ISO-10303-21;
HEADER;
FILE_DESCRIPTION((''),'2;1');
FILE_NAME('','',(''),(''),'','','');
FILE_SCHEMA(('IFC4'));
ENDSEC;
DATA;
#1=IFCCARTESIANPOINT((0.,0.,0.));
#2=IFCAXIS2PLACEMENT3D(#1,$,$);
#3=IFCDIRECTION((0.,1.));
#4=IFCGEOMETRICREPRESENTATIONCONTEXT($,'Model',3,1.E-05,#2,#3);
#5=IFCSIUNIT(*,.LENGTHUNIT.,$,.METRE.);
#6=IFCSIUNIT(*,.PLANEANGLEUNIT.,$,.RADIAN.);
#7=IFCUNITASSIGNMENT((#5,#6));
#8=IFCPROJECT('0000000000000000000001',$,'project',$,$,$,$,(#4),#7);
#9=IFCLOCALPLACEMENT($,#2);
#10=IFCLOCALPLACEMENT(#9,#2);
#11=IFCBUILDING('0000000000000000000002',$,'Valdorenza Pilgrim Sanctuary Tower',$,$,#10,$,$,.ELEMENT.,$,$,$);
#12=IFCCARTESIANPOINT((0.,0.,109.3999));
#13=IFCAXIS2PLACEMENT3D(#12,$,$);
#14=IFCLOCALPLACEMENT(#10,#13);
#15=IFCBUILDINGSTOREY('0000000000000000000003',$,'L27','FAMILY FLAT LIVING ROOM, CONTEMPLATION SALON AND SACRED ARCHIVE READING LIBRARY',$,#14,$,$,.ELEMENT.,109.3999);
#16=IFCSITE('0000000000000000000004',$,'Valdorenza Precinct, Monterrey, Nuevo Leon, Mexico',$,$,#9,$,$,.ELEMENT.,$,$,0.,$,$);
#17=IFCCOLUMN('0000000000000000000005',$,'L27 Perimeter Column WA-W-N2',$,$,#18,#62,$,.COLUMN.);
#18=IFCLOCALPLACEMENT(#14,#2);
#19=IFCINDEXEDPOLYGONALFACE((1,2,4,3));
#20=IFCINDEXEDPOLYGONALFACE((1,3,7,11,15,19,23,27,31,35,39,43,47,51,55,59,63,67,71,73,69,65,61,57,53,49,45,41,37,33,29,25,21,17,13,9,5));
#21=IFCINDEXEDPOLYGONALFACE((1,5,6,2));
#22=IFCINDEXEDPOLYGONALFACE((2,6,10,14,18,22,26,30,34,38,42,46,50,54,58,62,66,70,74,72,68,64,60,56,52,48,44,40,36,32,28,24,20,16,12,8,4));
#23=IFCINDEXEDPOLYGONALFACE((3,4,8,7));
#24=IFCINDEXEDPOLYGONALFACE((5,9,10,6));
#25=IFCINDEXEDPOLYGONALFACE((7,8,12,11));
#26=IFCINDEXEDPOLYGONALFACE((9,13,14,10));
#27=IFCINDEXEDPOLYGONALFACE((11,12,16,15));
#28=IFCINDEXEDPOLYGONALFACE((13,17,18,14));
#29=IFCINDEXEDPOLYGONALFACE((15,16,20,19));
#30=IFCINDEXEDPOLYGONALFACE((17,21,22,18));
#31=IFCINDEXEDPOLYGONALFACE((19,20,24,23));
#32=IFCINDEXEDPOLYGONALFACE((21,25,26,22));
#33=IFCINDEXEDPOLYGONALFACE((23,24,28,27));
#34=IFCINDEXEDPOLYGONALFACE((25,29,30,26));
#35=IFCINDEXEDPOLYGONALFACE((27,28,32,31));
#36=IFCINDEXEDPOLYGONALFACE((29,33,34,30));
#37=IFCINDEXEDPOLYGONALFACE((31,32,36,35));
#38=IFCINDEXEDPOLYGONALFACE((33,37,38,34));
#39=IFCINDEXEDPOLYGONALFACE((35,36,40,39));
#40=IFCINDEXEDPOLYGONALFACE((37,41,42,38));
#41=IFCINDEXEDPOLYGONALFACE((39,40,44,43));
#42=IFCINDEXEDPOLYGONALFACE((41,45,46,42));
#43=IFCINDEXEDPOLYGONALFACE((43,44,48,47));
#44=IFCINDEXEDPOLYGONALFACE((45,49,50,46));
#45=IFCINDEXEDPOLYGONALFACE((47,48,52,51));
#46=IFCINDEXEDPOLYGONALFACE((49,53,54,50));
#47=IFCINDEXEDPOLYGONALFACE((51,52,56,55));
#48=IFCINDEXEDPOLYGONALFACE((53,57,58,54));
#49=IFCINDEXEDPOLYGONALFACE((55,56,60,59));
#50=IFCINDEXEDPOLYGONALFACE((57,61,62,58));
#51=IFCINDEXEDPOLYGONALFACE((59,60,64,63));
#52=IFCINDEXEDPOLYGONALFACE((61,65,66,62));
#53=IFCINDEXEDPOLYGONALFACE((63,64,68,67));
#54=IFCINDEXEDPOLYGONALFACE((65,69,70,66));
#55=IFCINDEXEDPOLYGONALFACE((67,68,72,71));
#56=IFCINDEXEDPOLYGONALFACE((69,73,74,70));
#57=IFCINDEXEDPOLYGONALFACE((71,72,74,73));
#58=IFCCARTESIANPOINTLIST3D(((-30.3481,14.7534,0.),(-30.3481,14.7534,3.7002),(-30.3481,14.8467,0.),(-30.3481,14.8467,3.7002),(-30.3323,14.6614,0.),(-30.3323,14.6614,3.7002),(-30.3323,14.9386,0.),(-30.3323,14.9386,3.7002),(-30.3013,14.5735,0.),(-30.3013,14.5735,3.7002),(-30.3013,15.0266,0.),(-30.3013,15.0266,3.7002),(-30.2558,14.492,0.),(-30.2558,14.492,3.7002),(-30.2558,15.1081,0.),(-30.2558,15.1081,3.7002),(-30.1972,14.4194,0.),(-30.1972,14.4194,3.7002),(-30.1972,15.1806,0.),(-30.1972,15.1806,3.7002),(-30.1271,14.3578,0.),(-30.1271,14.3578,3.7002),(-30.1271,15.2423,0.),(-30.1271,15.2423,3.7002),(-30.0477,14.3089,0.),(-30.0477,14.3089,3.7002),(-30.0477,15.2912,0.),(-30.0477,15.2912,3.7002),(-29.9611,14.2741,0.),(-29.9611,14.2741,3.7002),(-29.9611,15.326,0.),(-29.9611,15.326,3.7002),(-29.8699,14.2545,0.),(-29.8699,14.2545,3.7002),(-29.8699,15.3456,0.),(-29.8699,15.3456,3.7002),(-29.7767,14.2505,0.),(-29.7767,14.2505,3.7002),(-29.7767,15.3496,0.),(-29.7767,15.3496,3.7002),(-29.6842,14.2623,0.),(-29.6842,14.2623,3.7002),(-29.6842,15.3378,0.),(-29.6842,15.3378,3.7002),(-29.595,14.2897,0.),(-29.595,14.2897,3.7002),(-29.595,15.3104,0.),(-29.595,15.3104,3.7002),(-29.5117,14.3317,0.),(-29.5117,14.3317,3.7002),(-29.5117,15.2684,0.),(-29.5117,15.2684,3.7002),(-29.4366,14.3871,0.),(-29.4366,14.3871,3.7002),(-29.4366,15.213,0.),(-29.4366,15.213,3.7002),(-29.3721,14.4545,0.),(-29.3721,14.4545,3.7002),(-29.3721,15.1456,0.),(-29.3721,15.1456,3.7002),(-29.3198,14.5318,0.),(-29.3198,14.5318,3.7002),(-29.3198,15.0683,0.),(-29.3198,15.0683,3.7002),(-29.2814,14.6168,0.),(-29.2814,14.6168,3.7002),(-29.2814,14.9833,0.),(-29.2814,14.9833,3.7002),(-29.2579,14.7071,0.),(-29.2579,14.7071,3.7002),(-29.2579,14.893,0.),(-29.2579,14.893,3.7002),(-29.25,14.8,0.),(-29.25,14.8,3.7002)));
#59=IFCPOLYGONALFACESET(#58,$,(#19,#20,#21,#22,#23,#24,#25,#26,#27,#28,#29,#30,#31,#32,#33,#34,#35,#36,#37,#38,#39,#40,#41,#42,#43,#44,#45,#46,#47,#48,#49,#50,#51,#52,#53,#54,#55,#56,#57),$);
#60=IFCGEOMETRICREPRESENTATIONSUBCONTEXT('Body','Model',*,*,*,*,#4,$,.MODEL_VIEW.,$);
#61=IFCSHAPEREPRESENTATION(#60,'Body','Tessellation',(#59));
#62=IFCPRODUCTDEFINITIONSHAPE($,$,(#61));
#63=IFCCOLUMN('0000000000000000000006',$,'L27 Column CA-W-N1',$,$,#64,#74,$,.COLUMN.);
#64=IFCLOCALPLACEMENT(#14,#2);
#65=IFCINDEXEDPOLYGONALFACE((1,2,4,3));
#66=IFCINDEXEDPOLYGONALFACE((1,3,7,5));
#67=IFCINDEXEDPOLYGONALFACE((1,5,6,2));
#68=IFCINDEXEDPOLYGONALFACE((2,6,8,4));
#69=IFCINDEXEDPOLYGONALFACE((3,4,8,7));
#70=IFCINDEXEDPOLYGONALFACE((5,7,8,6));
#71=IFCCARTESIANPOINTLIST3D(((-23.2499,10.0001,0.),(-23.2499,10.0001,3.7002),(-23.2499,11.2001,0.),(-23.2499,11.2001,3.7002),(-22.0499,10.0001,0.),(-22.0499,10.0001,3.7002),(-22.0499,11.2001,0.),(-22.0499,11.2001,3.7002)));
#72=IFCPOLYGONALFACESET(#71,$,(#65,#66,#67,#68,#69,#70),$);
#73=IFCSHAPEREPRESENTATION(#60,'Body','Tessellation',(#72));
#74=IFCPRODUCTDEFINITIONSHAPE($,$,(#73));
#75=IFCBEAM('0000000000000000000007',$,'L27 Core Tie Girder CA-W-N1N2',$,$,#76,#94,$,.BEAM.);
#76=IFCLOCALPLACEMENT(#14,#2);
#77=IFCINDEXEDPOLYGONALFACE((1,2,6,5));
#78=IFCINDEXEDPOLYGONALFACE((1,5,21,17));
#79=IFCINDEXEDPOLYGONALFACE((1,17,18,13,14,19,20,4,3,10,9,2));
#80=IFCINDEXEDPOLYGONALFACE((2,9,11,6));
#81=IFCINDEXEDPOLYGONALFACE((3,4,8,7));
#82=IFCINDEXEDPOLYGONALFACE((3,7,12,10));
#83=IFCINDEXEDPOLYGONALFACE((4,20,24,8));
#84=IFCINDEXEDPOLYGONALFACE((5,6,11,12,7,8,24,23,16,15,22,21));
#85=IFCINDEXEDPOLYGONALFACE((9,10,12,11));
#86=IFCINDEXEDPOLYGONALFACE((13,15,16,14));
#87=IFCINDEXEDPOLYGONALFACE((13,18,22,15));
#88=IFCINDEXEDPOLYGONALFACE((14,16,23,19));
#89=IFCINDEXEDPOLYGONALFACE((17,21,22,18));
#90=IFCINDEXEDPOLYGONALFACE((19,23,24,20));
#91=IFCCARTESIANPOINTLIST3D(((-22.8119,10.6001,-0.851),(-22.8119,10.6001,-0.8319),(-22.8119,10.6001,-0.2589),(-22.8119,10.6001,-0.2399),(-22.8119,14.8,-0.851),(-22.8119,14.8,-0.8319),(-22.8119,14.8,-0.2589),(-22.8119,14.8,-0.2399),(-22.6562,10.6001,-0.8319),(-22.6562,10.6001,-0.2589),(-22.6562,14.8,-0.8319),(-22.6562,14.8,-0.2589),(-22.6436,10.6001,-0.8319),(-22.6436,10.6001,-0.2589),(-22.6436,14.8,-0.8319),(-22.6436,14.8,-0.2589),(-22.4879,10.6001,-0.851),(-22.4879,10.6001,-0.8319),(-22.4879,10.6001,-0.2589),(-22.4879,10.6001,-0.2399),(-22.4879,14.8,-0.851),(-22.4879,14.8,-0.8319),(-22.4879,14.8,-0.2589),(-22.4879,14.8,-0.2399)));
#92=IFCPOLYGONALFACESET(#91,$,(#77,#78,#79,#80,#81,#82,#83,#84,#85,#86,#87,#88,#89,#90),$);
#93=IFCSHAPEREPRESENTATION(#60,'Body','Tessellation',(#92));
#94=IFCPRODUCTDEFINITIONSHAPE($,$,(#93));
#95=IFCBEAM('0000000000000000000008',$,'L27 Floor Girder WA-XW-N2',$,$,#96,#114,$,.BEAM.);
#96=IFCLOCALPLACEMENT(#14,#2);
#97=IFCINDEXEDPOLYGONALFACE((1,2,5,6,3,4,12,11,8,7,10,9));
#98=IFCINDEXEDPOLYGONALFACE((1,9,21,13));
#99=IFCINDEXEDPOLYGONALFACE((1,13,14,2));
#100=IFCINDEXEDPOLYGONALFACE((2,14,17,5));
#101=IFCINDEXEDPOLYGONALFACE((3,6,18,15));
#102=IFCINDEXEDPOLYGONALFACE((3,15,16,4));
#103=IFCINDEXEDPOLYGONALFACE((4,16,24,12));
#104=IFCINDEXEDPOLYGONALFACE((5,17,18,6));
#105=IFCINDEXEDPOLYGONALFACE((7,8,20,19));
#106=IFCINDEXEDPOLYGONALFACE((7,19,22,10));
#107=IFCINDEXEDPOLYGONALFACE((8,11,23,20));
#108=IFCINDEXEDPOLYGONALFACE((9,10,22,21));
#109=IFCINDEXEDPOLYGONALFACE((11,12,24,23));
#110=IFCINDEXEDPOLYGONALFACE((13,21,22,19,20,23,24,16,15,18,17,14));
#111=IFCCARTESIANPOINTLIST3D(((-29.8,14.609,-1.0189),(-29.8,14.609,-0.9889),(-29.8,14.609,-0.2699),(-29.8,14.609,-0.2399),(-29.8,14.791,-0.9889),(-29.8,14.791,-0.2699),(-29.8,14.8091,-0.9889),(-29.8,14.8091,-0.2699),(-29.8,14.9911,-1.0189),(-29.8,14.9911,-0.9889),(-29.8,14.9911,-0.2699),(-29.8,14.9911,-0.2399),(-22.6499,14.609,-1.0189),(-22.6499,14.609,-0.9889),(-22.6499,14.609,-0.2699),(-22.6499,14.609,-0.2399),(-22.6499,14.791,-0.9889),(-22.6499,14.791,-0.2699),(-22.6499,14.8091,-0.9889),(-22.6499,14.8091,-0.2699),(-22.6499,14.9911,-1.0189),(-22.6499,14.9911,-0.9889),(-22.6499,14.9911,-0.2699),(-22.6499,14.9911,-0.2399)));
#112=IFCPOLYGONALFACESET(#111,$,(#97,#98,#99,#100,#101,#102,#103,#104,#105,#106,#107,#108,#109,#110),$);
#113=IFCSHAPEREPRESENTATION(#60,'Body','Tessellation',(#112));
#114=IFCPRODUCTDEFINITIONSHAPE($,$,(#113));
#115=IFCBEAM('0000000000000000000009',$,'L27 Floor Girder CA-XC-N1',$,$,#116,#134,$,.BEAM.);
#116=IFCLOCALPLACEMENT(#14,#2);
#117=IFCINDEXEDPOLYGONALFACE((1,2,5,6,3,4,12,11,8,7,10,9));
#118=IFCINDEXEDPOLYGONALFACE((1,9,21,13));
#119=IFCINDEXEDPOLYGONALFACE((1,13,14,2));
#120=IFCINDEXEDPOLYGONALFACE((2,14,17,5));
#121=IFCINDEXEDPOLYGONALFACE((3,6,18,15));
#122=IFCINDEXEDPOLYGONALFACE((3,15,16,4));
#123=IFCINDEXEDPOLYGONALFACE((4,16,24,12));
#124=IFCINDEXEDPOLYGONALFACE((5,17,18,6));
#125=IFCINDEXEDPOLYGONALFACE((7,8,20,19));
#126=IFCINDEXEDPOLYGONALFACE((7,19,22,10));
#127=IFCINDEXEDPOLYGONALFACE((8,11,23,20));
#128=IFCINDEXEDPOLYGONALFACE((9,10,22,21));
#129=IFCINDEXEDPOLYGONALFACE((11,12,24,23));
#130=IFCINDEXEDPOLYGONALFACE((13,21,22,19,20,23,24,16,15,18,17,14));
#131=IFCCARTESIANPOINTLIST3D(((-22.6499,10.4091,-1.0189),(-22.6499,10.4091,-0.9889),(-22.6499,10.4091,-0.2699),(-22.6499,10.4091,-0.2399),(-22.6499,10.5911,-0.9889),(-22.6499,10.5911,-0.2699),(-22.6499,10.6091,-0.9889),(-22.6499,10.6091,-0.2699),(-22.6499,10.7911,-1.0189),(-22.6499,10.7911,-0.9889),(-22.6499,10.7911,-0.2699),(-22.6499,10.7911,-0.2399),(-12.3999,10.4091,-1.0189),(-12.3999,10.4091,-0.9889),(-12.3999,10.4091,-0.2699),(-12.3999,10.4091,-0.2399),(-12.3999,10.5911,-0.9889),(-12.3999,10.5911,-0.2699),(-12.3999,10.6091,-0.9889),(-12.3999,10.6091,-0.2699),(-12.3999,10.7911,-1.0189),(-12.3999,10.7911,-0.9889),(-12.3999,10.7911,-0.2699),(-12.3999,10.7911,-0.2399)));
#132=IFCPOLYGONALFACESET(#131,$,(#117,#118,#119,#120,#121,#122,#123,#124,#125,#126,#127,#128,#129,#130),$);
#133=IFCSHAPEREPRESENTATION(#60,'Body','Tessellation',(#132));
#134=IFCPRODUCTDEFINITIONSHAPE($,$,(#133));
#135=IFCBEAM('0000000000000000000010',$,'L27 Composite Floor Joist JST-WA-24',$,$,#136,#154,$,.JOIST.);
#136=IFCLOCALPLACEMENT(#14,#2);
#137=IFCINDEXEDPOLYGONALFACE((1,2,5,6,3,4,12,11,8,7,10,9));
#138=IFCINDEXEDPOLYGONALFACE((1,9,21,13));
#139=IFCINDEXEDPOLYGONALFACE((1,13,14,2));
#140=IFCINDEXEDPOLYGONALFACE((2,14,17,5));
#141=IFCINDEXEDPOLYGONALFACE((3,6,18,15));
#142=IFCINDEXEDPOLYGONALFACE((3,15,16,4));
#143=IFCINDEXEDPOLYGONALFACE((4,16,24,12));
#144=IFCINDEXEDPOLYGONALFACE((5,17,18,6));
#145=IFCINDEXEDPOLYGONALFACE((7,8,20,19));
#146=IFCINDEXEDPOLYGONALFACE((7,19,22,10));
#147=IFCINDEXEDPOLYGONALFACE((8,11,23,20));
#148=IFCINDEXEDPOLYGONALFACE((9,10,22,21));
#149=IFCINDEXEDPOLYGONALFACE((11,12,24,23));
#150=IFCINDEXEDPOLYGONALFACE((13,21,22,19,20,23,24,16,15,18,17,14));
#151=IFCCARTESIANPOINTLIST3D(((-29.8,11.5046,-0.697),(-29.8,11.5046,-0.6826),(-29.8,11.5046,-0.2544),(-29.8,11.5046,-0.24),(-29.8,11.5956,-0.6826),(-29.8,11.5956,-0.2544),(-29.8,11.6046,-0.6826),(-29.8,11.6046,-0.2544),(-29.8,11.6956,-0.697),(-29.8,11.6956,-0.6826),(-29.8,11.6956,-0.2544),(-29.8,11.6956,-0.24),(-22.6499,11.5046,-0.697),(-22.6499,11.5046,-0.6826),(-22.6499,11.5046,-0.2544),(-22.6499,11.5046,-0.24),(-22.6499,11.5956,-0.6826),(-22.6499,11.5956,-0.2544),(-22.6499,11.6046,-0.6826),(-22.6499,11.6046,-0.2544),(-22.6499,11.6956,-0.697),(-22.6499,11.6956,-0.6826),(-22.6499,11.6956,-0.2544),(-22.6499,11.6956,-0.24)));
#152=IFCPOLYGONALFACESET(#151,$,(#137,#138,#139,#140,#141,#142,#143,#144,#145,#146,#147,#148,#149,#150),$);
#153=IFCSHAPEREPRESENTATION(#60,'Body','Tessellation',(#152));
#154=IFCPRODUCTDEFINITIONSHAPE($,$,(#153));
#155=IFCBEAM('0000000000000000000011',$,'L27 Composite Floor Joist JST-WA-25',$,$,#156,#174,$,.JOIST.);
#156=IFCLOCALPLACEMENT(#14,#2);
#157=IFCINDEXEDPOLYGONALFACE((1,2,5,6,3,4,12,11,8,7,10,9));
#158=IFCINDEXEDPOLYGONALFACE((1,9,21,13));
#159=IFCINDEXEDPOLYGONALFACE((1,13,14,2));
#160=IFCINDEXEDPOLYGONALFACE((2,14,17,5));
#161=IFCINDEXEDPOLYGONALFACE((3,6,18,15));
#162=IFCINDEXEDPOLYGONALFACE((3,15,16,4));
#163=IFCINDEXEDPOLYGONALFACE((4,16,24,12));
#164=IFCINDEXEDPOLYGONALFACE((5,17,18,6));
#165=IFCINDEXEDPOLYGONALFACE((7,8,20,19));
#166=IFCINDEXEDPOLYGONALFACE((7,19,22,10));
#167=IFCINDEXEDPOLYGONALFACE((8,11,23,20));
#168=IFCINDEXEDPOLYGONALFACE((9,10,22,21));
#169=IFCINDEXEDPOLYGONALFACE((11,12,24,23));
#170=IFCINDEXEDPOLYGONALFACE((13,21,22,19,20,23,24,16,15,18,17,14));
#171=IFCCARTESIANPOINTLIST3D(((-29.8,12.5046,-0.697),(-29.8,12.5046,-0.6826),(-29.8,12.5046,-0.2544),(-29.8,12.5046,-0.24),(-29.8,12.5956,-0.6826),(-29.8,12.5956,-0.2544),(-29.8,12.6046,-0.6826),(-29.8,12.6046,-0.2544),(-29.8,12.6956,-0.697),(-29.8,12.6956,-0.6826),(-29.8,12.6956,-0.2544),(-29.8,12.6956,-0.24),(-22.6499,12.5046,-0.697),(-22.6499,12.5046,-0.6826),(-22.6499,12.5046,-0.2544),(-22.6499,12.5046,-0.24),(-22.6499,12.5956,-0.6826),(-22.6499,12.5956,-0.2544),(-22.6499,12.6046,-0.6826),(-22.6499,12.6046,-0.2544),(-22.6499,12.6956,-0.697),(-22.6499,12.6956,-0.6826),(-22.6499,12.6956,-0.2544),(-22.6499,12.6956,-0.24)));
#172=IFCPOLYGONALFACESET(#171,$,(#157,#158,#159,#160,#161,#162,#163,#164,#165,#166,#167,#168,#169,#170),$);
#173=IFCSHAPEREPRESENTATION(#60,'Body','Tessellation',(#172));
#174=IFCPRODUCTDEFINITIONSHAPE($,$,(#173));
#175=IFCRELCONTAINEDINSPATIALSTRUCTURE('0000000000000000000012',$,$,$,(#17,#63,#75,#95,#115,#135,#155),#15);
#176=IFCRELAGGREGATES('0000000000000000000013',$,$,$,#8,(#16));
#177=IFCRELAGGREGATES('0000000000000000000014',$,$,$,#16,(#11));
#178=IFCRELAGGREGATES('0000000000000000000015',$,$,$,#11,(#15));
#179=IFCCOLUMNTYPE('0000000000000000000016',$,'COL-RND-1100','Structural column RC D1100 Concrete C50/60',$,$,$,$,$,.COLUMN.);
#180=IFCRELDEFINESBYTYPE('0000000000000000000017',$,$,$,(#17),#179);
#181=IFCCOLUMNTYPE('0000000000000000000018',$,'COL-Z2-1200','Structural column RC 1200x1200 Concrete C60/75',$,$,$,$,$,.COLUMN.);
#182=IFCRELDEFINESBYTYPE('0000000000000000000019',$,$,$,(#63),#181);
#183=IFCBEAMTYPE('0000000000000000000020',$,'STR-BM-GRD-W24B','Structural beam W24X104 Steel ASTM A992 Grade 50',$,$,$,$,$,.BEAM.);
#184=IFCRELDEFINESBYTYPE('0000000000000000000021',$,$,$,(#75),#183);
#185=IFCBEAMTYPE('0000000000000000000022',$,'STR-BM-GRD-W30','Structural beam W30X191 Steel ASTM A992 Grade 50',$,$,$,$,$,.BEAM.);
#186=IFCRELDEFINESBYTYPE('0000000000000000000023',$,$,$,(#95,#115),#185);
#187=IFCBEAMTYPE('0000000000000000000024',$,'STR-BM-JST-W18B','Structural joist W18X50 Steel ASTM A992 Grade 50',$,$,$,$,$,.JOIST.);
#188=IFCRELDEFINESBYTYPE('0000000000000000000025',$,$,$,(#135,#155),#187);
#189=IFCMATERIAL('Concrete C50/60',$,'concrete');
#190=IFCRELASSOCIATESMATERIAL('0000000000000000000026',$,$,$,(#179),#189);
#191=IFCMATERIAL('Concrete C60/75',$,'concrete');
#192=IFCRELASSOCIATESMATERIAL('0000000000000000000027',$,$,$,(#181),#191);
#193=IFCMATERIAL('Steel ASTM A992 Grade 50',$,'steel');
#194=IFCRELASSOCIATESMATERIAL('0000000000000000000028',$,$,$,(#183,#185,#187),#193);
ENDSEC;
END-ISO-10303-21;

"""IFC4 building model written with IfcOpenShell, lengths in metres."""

from ifc_helpers import new_model, si_unit, direction, frame, origin, origin_2d, place, context, subcontext, project, spatial, rectangle, circle, i_section, extrude, source, transform, mapped, material, material_profile, profile_set, type_object, element, save


model = new_model("IFC4")

# Units and contexts
model_context = context("Model", 3, precision=1e-05, world=origin(), true_north=direction((0.0, 1.0)))
body_context = subcontext(model_context, "Body", "Model", "MODEL_VIEW")
ifc_project = project(units=[si_unit("LENGTHUNIT", "METRE"), si_unit("PLANEANGLEUNIT", "RADIAN")], contexts=[model_context])

# Site, building, storey
site_placement = place(None, origin())
site = spatial("IfcSite", under=ifc_project, at=site_placement, Name="Valdorenza Precinct, Monterrey, Nuevo Leon, Mexico", CompositionType="ELEMENT", RefElevation=0.0)
building_placement = place(site_placement, origin())
building = spatial("IfcBuilding", under=site, at=building_placement, Name="Valdorenza Pilgrim Sanctuary Tower", CompositionType="ELEMENT")
storey_placement = place(building_placement, frame((0.0, 0.0, 109.3999)))
storey = spatial("IfcBuildingStorey", under=building, at=storey_placement, Name="L27", Description="FAMILY FLAT LIVING ROOM, CONTEMPLATION SALON AND SACRED ARCHIVE READING LIBRARY", CompositionType="ELEMENT", Elevation=109.3999)

# Columns
ifc_material_1 = material(Name="Concrete C50/60", Category="concrete")
ifc_material_profile_1 = material_profile(ifc_material_1, circle(Radius=0.55, at=origin_2d()), Name="RC D1100")
ifc_profile_set_1 = profile_set([ifc_material_profile_1], Name="Concrete C50/60")
column_type_1 = type_object("IfcColumnType", Name="COL-RND-1100", Description="Structural column RC D1100 Concrete C50/60", PredefinedType="COLUMN", material=ifc_profile_set_1)
shared_shape_1 = source(origin(), body_context, "Body", "SweptSolid", [
    extrude(circle(Radius=0.55, at=origin_2d()), origin(), (0.0, 0.0, 1.0), 3.7002),
])
column_1_placement = place(storey_placement, frame((-29.8, 14.8, 0.0), z_axis=(0.0, 0.0, 1.0), x_axis=(1.0, 0.0, 0.0)))
element("IfcColumn", 1, at=column_1_placement, inside=storey, type_object=column_type_1, Name="L27 Perimeter Column WA-W-N2", PredefinedType="COLUMN", context=body_context, shape_type="MappedRepresentation", body=[
    mapped(shared_shape_1, transform((0.0, 0.0, 0.0), x_axis=(1.0, 0.0, 0.0), y_axis=(0.0, 1.0, 0.0), z_axis=(0.0, 0.0, 1.0), scale=1.0)),
])
ifc_material_2 = material(Name="Concrete C60/75", Category="concrete")
ifc_material_profile_2 = material_profile(ifc_material_2, rectangle(XDim=1.2, YDim=1.2, at=origin_2d()), Name="RC 1200x1200")
ifc_profile_set_2 = profile_set([ifc_material_profile_2], Name="Concrete C60/75")
column_type_2 = type_object("IfcColumnType", Name="COL-Z2-1200", Description="Structural column RC 1200x1200 Concrete C60/75", PredefinedType="COLUMN", material=ifc_profile_set_2)
shared_shape_2 = source(origin(), body_context, "Body", "SweptSolid", [
    extrude(rectangle(XDim=1.2, YDim=1.2, at=origin_2d()), origin(), (0.0, 0.0, 1.0), 3.7002),
])
column_2_placement = place(storey_placement, frame((-22.6499, 10.6001, 0.0), z_axis=(0.0, 0.0, 1.0), x_axis=(1.0, 0.0, 0.0)))
element("IfcColumn", 2, at=column_2_placement, inside=storey, type_object=column_type_2, Name="L27 Column CA-W-N1", PredefinedType="COLUMN", context=body_context, shape_type="MappedRepresentation", body=[
    mapped(shared_shape_2, transform((0.0, 0.0, 0.0), x_axis=(1.0, 0.0, 0.0), y_axis=(0.0, 1.0, 0.0), z_axis=(0.0, 0.0, 1.0), scale=1.0)),
])

# Beams
ifc_material_3 = material(Name="Steel ASTM A992 Grade 50", Category="steel")
ifc_material_profile_3 = material_profile(ifc_material_3, i_section(OverallWidth=0.324, OverallDepth=0.6111, WebThickness=0.0127, FlangeThickness=0.019, at=origin_2d()), Name="W24X104")
ifc_profile_set_3 = profile_set([ifc_material_profile_3], Name="Steel ASTM A992 Grade 50")
beam_type_1 = type_object("IfcBeamType", Name="STR-BM-GRD-W24B", Description="Structural beam W24X104 Steel ASTM A992 Grade 50", PredefinedType="BEAM", material=ifc_profile_set_3)
shared_shape_3 = source(origin(), body_context, "Body", "SweptSolid", [
    extrude(i_section(OverallWidth=0.324, OverallDepth=0.6111, WebThickness=0.0127, FlangeThickness=0.019, at=origin_2d()), origin(), (0.0, 0.0, 1.0), 4.2),
])
beam_1_placement = place(storey_placement, frame((-22.6499, 10.6001, -0.5454), z_axis=(0.0, 1.0, 0.0), x_axis=(-1.0, 0.0, 0.0)))
element("IfcBeam", 3, at=beam_1_placement, inside=storey, type_object=beam_type_1, Name="L27 Core Tie Girder CA-W-N1N2", PredefinedType="BEAM", context=body_context, shape_type="MappedRepresentation", body=[
    mapped(shared_shape_3, transform((0.0, 0.0, 0.0), x_axis=(1.0, 0.0, 0.0), y_axis=(0.0, 1.0, 0.0), z_axis=(0.0, 0.0, 1.0), scale=1.0)),
])
ifc_material_profile_4 = material_profile(ifc_material_3, i_section(OverallWidth=0.3821, OverallDepth=0.7791, WebThickness=0.0181, FlangeThickness=0.03, at=origin_2d()), Name="W30X191")
ifc_profile_set_4 = profile_set([ifc_material_profile_4], Name="Steel ASTM A992 Grade 50")
beam_type_2 = type_object("IfcBeamType", Name="STR-BM-GRD-W30", Description="Structural beam W30X191 Steel ASTM A992 Grade 50", PredefinedType="BEAM", material=ifc_profile_set_4)
shared_shape_4 = source(origin(), body_context, "Body", "SweptSolid", [
    extrude(i_section(OverallWidth=0.3821, OverallDepth=0.7791, WebThickness=0.0181, FlangeThickness=0.03, at=origin_2d()), origin(), (0.0, 0.0, 1.0), 7.1501),
])
beam_2_placement = place(storey_placement, frame((-29.8, 14.8, -0.6294), z_axis=(1.0, 0.0, 0.0), x_axis=(0.0, 1.0, 0.0)))
element("IfcBeam", 4, at=beam_2_placement, inside=storey, type_object=beam_type_2, Name="L27 Floor Girder WA-XW-N2", PredefinedType="BEAM", context=body_context, shape_type="MappedRepresentation", body=[
    mapped(shared_shape_4, transform((0.0, 0.0, 0.0), x_axis=(1.0, 0.0, 0.0), y_axis=(0.0, 1.0, 0.0), z_axis=(0.0, 0.0, 1.0), scale=1.0)),
])
shared_shape_5 = source(origin(), body_context, "Body", "SweptSolid", [
    extrude(i_section(OverallWidth=0.3821, OverallDepth=0.7791, WebThickness=0.0181, FlangeThickness=0.03, at=origin_2d()), origin(), (0.0, 0.0, 1.0), 10.25),
])
beam_3_placement = place(storey_placement, frame((-22.6499, 10.6001, -0.6294), z_axis=(1.0, 0.0, 0.0), x_axis=(0.0, 1.0, 0.0)))
element("IfcBeam", 5, at=beam_3_placement, inside=storey, type_object=beam_type_2, Name="L27 Floor Girder CA-XC-N1", PredefinedType="BEAM", context=body_context, shape_type="MappedRepresentation", body=[
    mapped(shared_shape_5, transform((0.0, 0.0, 0.0), x_axis=(1.0, 0.0, 0.0), y_axis=(0.0, 1.0, 0.0), z_axis=(0.0, 0.0, 1.0), scale=1.0)),
])
ifc_material_profile_5 = material_profile(ifc_material_3, i_section(OverallWidth=0.1909, OverallDepth=0.457, WebThickness=0.009, FlangeThickness=0.0144, at=origin_2d()), Name="W18X50")
ifc_profile_set_5 = profile_set([ifc_material_profile_5], Name="Steel ASTM A992 Grade 50")
beam_type_3 = type_object("IfcBeamType", Name="STR-BM-JST-W18B", Description="Structural joist W18X50 Steel ASTM A992 Grade 50", PredefinedType="JOIST", material=ifc_profile_set_5)
shared_shape_6 = source(origin(), body_context, "Body", "SweptSolid", [
    extrude(i_section(OverallWidth=0.1909, OverallDepth=0.457, WebThickness=0.009, FlangeThickness=0.0144, at=origin_2d()), origin(), (0.0, 0.0, 1.0), 7.1501),
])
for number, where, z_axis, x_axis, name in (
    (6, (-29.8, 11.6001, -0.4685), (1.0, 0.0, 0.0), (0.0, 1.0, 0.0), "L27 Composite Floor Joist JST-WA-24"),
    (7, (-29.8, 12.6001, -0.4685), (1.0, 0.0, 0.0), (0.0, 1.0, 0.0), "L27 Composite Floor Joist JST-WA-25"),
):
    element("IfcBeam", number, at=place(storey_placement, frame(where, z_axis=z_axis, x_axis=x_axis)), inside=storey, type_object=beam_type_3, Name=name, PredefinedType="JOIST", context=body_context, shape_type="MappedRepresentation", body=[
        mapped(shared_shape_6, transform((0.0, 0.0, 0.0), x_axis=(1.0, 0.0, 0.0), y_axis=(0.0, 1.0, 0.0), z_axis=(0.0, 0.0, 1.0), scale=1.0)),
    ])

save(model, "model.ifc")
